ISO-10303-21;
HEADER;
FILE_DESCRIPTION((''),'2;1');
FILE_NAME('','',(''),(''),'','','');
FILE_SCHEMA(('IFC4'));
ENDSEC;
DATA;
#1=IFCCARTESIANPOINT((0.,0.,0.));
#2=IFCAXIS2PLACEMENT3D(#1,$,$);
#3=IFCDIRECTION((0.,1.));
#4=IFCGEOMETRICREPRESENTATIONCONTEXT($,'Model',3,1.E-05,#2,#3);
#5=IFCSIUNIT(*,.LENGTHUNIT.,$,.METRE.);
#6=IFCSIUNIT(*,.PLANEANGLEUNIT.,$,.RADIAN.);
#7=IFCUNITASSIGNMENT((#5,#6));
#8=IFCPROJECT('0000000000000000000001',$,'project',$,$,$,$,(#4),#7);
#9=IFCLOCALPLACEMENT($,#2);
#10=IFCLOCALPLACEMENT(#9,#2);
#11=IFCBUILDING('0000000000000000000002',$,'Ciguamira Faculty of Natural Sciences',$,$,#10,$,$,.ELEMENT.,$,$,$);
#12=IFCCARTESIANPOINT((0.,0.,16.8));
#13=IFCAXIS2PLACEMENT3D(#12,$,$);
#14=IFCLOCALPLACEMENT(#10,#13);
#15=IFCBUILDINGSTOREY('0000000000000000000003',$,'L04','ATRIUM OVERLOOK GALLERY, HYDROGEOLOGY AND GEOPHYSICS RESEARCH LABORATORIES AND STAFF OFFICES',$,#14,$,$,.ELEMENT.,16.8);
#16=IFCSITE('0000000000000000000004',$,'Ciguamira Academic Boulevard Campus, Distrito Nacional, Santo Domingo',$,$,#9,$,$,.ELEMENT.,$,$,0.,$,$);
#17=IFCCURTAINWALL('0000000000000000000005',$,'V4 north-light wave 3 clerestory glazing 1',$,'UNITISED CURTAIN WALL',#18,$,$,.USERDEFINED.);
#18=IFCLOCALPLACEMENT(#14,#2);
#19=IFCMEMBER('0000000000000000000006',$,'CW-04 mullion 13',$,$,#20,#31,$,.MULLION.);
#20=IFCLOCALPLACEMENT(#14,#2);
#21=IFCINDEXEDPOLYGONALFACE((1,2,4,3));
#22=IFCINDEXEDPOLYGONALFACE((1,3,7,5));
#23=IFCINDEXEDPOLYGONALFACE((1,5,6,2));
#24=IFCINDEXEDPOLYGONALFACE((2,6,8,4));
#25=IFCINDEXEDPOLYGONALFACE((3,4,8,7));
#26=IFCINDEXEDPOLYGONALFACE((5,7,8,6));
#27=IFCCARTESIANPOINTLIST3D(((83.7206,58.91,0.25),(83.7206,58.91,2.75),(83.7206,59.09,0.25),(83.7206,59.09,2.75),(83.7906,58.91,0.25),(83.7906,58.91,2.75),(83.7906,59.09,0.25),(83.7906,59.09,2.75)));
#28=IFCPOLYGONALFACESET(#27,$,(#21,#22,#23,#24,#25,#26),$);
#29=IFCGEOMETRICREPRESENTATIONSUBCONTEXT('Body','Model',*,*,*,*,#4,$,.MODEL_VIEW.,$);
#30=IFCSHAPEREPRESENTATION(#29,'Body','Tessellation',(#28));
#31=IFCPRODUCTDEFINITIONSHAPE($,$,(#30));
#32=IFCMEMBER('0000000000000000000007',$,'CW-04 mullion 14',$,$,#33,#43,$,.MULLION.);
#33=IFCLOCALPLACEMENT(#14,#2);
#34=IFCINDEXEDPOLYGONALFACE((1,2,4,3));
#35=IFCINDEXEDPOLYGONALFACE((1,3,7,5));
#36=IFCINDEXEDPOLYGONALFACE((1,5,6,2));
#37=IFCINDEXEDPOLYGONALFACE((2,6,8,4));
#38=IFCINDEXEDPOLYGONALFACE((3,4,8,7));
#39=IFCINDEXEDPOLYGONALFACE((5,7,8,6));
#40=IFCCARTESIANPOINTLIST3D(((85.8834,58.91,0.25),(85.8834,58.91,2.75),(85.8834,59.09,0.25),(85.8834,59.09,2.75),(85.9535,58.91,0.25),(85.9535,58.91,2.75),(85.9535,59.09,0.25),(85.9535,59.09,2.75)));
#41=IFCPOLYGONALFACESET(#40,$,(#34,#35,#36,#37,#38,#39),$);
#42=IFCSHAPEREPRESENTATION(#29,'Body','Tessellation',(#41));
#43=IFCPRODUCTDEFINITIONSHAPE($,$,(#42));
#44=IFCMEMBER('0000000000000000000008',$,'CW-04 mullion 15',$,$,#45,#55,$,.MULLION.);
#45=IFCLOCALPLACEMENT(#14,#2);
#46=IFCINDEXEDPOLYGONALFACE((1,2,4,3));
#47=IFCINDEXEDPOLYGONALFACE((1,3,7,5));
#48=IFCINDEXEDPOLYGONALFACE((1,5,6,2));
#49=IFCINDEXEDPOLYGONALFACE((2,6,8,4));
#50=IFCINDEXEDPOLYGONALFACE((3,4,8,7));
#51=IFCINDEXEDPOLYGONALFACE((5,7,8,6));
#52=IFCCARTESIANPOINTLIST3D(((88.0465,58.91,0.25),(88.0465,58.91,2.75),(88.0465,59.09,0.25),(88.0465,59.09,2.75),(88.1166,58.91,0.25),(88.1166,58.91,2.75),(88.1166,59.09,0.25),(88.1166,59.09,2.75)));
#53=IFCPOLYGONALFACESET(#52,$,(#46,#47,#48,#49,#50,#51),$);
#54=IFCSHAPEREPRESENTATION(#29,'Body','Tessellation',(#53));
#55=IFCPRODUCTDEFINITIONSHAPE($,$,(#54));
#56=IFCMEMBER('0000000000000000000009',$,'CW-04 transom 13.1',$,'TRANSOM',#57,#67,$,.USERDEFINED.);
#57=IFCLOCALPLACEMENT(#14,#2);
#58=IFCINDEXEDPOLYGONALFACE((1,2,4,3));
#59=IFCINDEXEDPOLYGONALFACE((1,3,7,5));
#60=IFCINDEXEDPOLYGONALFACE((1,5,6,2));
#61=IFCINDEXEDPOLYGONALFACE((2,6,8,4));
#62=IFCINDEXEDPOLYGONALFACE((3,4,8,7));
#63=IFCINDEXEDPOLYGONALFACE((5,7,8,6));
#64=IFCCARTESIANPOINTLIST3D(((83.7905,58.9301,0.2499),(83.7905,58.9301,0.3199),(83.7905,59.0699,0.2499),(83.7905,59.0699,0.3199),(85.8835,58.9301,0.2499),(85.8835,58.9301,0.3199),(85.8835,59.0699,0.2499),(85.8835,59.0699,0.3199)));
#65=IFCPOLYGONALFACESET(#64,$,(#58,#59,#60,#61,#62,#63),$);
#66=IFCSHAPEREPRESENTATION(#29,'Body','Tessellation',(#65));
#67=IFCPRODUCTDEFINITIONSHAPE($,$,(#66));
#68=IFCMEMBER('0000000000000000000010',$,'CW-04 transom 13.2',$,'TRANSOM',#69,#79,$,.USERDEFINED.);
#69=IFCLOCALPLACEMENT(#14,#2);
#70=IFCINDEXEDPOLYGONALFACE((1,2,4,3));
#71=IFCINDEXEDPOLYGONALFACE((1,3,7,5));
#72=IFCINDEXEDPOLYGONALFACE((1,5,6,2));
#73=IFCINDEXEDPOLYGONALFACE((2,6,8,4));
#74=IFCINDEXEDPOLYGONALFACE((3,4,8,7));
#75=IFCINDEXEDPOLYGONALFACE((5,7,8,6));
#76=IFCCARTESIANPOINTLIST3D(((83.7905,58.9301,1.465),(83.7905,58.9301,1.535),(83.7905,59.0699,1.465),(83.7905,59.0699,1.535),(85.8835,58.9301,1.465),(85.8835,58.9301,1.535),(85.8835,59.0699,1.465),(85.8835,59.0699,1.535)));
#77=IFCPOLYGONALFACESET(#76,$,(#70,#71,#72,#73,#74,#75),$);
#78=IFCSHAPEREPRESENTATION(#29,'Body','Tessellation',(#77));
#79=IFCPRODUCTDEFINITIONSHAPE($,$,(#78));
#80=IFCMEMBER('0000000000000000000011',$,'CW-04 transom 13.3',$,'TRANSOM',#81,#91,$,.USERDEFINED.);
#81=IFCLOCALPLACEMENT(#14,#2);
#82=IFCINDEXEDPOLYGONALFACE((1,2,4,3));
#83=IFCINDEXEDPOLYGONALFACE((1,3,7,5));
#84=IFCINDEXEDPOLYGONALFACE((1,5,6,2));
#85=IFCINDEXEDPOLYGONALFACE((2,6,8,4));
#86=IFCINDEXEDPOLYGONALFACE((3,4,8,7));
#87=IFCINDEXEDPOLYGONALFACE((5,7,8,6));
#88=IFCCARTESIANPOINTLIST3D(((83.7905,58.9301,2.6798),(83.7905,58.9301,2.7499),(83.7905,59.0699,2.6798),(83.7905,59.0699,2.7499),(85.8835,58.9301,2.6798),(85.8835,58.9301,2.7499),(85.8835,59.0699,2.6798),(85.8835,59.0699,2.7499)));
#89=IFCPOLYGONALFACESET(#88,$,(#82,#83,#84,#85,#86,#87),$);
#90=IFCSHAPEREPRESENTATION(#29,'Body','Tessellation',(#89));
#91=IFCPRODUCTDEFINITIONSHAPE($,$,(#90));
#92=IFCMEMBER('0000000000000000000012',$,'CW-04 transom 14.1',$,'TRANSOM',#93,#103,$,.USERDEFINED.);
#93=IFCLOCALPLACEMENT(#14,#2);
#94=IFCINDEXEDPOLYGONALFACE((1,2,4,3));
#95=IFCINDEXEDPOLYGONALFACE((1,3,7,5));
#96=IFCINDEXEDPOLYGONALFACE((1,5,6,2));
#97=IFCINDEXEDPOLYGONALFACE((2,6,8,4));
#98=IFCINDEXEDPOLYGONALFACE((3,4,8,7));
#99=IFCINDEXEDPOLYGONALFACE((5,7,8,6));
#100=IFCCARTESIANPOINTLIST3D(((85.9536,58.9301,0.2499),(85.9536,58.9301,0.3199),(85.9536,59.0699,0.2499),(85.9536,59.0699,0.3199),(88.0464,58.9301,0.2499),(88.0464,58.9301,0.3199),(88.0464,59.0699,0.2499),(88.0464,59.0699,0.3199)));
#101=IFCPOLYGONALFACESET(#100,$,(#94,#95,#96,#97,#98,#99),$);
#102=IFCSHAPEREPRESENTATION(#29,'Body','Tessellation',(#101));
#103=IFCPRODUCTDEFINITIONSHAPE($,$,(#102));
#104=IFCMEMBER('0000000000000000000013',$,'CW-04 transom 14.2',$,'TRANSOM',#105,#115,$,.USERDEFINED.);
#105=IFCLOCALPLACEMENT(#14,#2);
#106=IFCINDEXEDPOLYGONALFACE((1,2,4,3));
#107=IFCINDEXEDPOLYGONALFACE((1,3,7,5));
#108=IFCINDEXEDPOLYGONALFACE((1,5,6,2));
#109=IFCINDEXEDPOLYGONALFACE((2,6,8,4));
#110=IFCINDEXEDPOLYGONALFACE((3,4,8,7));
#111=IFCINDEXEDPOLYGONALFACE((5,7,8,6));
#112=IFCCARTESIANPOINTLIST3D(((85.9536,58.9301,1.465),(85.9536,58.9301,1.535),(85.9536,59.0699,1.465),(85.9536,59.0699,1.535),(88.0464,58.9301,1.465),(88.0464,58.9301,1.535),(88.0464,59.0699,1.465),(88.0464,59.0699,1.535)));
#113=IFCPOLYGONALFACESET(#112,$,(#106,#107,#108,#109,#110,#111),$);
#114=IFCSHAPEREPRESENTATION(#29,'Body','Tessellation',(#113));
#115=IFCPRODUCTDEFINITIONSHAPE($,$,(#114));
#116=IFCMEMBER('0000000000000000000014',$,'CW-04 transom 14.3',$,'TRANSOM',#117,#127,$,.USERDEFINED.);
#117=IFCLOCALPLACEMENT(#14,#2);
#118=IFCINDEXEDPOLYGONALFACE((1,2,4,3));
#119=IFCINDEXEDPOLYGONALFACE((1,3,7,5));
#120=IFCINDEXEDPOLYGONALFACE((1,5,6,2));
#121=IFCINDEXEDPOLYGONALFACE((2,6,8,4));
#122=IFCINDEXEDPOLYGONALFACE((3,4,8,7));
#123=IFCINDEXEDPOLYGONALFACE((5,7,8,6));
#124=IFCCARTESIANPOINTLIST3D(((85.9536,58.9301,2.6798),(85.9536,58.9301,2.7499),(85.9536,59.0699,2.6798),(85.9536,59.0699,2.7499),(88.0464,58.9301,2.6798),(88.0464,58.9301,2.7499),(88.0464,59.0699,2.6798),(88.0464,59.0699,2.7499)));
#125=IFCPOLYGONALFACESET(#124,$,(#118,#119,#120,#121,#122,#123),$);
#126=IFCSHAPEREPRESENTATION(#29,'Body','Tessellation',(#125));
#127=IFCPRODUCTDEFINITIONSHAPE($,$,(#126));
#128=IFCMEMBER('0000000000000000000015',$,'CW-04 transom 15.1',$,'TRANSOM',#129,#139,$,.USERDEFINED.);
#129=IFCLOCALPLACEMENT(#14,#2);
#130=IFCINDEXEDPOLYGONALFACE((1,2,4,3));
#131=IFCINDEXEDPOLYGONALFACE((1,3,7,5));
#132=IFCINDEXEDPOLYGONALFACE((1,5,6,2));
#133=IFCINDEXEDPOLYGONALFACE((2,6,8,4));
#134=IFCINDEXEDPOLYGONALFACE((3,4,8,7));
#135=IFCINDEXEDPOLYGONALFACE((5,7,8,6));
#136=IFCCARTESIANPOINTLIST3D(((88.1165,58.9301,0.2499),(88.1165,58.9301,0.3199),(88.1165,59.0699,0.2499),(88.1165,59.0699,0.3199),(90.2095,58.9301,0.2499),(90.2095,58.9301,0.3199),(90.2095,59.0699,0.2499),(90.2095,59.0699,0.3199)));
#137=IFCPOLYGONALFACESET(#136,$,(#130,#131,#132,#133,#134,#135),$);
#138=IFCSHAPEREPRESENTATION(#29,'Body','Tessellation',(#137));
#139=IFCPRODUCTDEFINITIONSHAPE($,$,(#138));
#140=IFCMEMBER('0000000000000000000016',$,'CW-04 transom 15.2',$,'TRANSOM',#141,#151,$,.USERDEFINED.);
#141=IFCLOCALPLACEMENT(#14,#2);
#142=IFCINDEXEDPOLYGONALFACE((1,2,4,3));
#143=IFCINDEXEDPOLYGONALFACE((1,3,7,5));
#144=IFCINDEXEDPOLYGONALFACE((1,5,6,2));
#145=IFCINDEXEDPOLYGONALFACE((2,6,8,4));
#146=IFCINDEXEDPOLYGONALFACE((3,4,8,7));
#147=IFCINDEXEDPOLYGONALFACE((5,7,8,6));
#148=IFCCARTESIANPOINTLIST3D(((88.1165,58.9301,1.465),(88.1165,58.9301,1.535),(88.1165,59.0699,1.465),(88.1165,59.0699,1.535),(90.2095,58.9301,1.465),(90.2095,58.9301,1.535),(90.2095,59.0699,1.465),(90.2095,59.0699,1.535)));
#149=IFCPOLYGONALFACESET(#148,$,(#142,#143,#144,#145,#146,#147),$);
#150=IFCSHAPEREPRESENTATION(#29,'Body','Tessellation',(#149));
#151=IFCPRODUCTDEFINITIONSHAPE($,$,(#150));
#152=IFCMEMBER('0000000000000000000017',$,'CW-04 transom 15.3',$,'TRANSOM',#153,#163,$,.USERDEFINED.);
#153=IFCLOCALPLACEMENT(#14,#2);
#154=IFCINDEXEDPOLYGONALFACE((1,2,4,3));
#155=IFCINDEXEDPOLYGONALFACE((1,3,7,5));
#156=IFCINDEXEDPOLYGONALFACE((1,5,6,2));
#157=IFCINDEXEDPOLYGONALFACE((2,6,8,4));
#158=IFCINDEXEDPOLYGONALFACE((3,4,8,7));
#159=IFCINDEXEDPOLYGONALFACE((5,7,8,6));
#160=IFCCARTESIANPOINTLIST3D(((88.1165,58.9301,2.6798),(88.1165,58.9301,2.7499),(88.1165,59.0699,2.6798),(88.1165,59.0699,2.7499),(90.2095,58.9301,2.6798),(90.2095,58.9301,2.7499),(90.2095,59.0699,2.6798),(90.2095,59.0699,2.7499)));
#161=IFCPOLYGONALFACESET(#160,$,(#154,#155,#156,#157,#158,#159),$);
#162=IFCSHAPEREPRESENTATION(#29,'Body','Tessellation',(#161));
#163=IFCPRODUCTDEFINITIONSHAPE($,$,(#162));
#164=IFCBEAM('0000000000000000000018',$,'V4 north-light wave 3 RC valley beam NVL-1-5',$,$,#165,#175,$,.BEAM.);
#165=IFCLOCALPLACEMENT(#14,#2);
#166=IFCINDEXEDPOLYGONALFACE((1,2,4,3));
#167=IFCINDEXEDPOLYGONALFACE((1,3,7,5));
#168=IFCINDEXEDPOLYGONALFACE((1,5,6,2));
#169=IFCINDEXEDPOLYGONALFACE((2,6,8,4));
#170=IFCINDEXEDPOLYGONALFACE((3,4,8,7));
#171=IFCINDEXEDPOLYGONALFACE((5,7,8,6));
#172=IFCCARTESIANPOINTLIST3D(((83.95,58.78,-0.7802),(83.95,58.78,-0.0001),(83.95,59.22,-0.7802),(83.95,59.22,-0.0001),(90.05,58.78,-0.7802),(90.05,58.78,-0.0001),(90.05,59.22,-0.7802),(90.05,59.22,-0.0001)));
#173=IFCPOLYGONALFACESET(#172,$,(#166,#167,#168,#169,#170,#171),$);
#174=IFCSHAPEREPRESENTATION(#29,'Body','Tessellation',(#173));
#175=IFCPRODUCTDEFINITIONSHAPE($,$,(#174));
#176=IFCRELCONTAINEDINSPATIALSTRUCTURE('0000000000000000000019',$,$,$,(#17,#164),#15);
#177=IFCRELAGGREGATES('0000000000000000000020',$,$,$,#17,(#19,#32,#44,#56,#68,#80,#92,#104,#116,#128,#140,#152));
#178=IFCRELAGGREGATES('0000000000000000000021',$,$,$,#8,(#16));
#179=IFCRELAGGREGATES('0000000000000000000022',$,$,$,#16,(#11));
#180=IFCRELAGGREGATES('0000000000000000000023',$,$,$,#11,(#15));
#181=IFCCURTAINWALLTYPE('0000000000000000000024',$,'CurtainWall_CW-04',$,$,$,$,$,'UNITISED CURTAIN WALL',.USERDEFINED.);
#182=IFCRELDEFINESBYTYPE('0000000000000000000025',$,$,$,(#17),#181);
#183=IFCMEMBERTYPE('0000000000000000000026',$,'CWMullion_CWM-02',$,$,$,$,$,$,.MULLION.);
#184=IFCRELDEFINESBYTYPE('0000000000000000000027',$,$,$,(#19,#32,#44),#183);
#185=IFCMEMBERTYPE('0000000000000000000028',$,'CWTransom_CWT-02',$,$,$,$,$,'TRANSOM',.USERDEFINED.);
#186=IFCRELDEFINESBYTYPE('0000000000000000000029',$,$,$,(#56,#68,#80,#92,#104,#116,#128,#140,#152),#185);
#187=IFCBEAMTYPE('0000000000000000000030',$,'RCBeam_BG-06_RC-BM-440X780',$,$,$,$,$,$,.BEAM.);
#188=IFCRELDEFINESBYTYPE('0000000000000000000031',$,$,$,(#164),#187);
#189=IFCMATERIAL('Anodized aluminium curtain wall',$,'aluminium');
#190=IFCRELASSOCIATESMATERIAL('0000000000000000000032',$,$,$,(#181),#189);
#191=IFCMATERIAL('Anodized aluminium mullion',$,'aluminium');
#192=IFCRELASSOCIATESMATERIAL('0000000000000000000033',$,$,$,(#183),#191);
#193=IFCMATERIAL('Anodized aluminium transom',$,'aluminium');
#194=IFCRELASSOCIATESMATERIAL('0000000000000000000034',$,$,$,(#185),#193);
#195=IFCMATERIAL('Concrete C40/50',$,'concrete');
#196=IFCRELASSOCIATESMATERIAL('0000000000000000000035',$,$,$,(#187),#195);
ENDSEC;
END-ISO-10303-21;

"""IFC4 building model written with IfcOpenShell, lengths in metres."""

from ifc_helpers import new_model, si_unit, direction, frame, origin, origin_2d, place, context, subcontext, project, spatial, rectangle, extrude, material, material_profile, profile_set, type_object, element, aggregate, save


model = new_model("IFC4")

# Units and contexts
model_context = context("Model", 3, precision=1e-05, world=origin(), true_north=direction((0.0, 1.0)))
body_context = subcontext(model_context, "Body", "Model", "MODEL_VIEW")
ifc_project = project(units=[si_unit("LENGTHUNIT", "METRE"), si_unit("PLANEANGLEUNIT", "RADIAN")], contexts=[model_context])

# Site, building, storey
site_placement = place(None, origin())
site = spatial("IfcSite", under=ifc_project, at=site_placement, Name="Ciguamira Academic Boulevard Campus, Distrito Nacional, Santo Domingo", CompositionType="ELEMENT", RefElevation=0.0)
building_placement = place(site_placement, origin())
building = spatial("IfcBuilding", under=site, at=building_placement, Name="Ciguamira Faculty of Natural Sciences", CompositionType="ELEMENT")
storey_placement = place(building_placement, frame((0.0, 0.0, 16.8)))
storey = spatial("IfcBuildingStorey", under=building, at=storey_placement, Name="L04", Description="ATRIUM OVERLOOK GALLERY, HYDROGEOLOGY AND GEOPHYSICS RESEARCH LABORATORIES AND STAFF OFFICES", CompositionType="ELEMENT", Elevation=16.8)

# Curtain wall, members
ifc_material_1 = material(Name="Anodized aluminium curtain wall", Category="aluminium")
curtain_wall_type = type_object("IfcCurtainWallType", Name="CurtainWall_CW-04", ElementType="UNITISED CURTAIN WALL", PredefinedType="USERDEFINED", material=ifc_material_1)
curtain_wall_placement = place(storey_placement, origin())
curtain_wall = element("IfcCurtainWall", 1, at=curtain_wall_placement, inside=storey, type_object=curtain_wall_type, Name="V4 north-light wave 3 clerestory glazing 1", ObjectType="UNITISED CURTAIN WALL", PredefinedType="USERDEFINED")
ifc_material_2 = material(Name="Anodized aluminium mullion", Category="aluminium")
ifc_material_profile_1 = material_profile(ifc_material_2, rectangle(XDim=0.0701, YDim=0.1799, at=origin_2d()), Name="ALU-MUL-70X180")
ifc_profile_set_1 = profile_set([ifc_material_profile_1], Name="Anodized aluminium mullion")
member_type_1 = type_object("IfcMemberType", Name="CWMullion_CWM-02", PredefinedType="MULLION", material=ifc_profile_set_1)
member_1_placement = place(storey_placement, frame((83.7556, 59.0, 0.25), z_axis=(0.0, 0.0, 1.0), x_axis=(1.0, 0.0, 0.0)))
member_1 = element("IfcMember", 2, at=member_1_placement, type_object=member_type_1, Name="CW-04 mullion 13", PredefinedType="MULLION", context=body_context, shape_type="SweptSolid", body=[
    extrude(rectangle(XDim=0.0701, YDim=0.1799, at=origin_2d()), origin(), (0.0, 0.0, 1.0), 2.5),
])
member_2_placement = place(storey_placement, frame((85.9185, 59.0, 0.25), z_axis=(0.0, 0.0, 1.0), x_axis=(1.0, 0.0, 0.0)))
member_2 = element("IfcMember", 3, at=member_2_placement, type_object=member_type_1, Name="CW-04 mullion 14", PredefinedType="MULLION", context=body_context, shape_type="SweptSolid", body=[
    extrude(rectangle(XDim=0.0701, YDim=0.1799, at=origin_2d()), origin(), (0.0, 0.0, 1.0), 2.5),
])
member_3_placement = place(storey_placement, frame((88.0815, 59.0, 0.25), z_axis=(0.0, 0.0, 1.0), x_axis=(1.0, 0.0, 0.0)))
member_3 = element("IfcMember", 4, at=member_3_placement, type_object=member_type_1, Name="CW-04 mullion 15", PredefinedType="MULLION", context=body_context, shape_type="SweptSolid", body=[
    extrude(rectangle(XDim=0.0701, YDim=0.1799, at=origin_2d()), origin(), (0.0, 0.0, 1.0), 2.5),
])
ifc_material_3 = material(Name="Anodized aluminium transom", Category="aluminium")
ifc_material_profile_2 = material_profile(ifc_material_3, rectangle(XDim=0.0701, YDim=0.1399, at=origin_2d()), Name="ALU-TRN-70X140")
ifc_profile_set_2 = profile_set([ifc_material_profile_2], Name="Anodized aluminium transom")
member_type_2 = type_object("IfcMemberType", Name="CWTransom_CWT-02", ElementType="TRANSOM", PredefinedType="USERDEFINED", material=ifc_profile_set_2)
member_4_placement = place(storey_placement, frame((83.7905, 59.0, 0.2849), z_axis=(1.0, 0.0, 0.0), x_axis=(0.0, 0.0, 1.0)))
member_4 = element("IfcMember", 5, at=member_4_placement, type_object=member_type_2, Name="CW-04 transom 13.1", ObjectType="TRANSOM", PredefinedType="USERDEFINED", context=body_context, shape_type="SweptSolid", body=[
    extrude(rectangle(XDim=0.0701, YDim=0.1399, at=origin_2d()), origin(), (0.0, 0.0, 1.0), 2.093),
])
member_5_placement = place(storey_placement, frame((83.7905, 59.0, 1.5), z_axis=(1.0, 0.0, 0.0), x_axis=(0.0, 0.0, 1.0)))
member_5 = element("IfcMember", 6, at=member_5_placement, type_object=member_type_2, Name="CW-04 transom 13.2", ObjectType="TRANSOM", PredefinedType="USERDEFINED", context=body_context, shape_type="SweptSolid", body=[
    extrude(rectangle(XDim=0.0701, YDim=0.1399, at=origin_2d()), origin(), (0.0, 0.0, 1.0), 2.093),
])
member_6_placement = place(storey_placement, frame((83.7905, 59.0, 2.7148), z_axis=(1.0, 0.0, 0.0), x_axis=(0.0, 0.0, 1.0)))
member_6 = element("IfcMember", 7, at=member_6_placement, type_object=member_type_2, Name="CW-04 transom 13.3", ObjectType="TRANSOM", PredefinedType="USERDEFINED", context=body_context, shape_type="SweptSolid", body=[
    extrude(rectangle(XDim=0.0701, YDim=0.1399, at=origin_2d()), origin(), (0.0, 0.0, 1.0), 2.093),
])
member_7_placement = place(storey_placement, frame((85.9536, 59.0, 0.2849), z_axis=(1.0, 0.0, 0.0), x_axis=(0.0, 0.0, 1.0)))
member_7 = element("IfcMember", 8, at=member_7_placement, type_object=member_type_2, Name="CW-04 transom 14.1", ObjectType="TRANSOM", PredefinedType="USERDEFINED", context=body_context, shape_type="SweptSolid", body=[
    extrude(rectangle(XDim=0.0701, YDim=0.1399, at=origin_2d()), origin(), (0.0, 0.0, 1.0), 2.0928),
])
member_8_placement = place(storey_placement, frame((85.9536, 59.0, 1.5), z_axis=(1.0, 0.0, 0.0), x_axis=(0.0, 0.0, 1.0)))
member_8 = element("IfcMember", 9, at=member_8_placement, type_object=member_type_2, Name="CW-04 transom 14.2", ObjectType="TRANSOM", PredefinedType="USERDEFINED", context=body_context, shape_type="SweptSolid", body=[
    extrude(rectangle(XDim=0.0701, YDim=0.1399, at=origin_2d()), origin(), (0.0, 0.0, 1.0), 2.0928),
])
member_9_placement = place(storey_placement, frame((85.9536, 59.0, 2.7148), z_axis=(1.0, 0.0, 0.0), x_axis=(0.0, 0.0, 1.0)))
member_9 = element("IfcMember", 10, at=member_9_placement, type_object=member_type_2, Name="CW-04 transom 14.3", ObjectType="TRANSOM", PredefinedType="USERDEFINED", context=body_context, shape_type="SweptSolid", body=[
    extrude(rectangle(XDim=0.0701, YDim=0.1399, at=origin_2d()), origin(), (0.0, 0.0, 1.0), 2.0928),
])
member_10_placement = place(storey_placement, frame((88.1165, 59.0, 0.2849), z_axis=(1.0, 0.0, 0.0), x_axis=(0.0, 0.0, 1.0)))
member_10 = element("IfcMember", 11, at=member_10_placement, type_object=member_type_2, Name="CW-04 transom 15.1", ObjectType="TRANSOM", PredefinedType="USERDEFINED", context=body_context, shape_type="SweptSolid", body=[
    extrude(rectangle(XDim=0.0701, YDim=0.1399, at=origin_2d()), origin(), (0.0, 0.0, 1.0), 2.093),
])
member_11_placement = place(storey_placement, frame((88.1165, 59.0, 1.5), z_axis=(1.0, 0.0, 0.0), x_axis=(0.0, 0.0, 1.0)))
member_11 = element("IfcMember", 12, at=member_11_placement, type_object=member_type_2, Name="CW-04 transom 15.2", ObjectType="TRANSOM", PredefinedType="USERDEFINED", context=body_context, shape_type="SweptSolid", body=[
    extrude(rectangle(XDim=0.0701, YDim=0.1399, at=origin_2d()), origin(), (0.0, 0.0, 1.0), 2.093),
])
member_12_placement = place(storey_placement, frame((88.1165, 59.0, 2.7148), z_axis=(1.0, 0.0, 0.0), x_axis=(0.0, 0.0, 1.0)))
member_12 = element("IfcMember", 13, at=member_12_placement, type_object=member_type_2, Name="CW-04 transom 15.3", ObjectType="TRANSOM", PredefinedType="USERDEFINED", context=body_context, shape_type="SweptSolid", body=[
    extrude(rectangle(XDim=0.0701, YDim=0.1399, at=origin_2d()), origin(), (0.0, 0.0, 1.0), 2.093),
])

# Beam
ifc_material_4 = material(Name="Concrete C40/50", Category="concrete")
ifc_material_profile_3 = material_profile(ifc_material_4, rectangle(XDim=0.4399, YDim=0.78, at=origin_2d()), Name="RC-BM-440X780")
ifc_profile_set_3 = profile_set([ifc_material_profile_3], Name="Concrete C40/50")
beam_type = type_object("IfcBeamType", Name="RCBeam_BG-06_RC-BM-440X780", PredefinedType="BEAM", material=ifc_profile_set_3)
beam_placement = place(storey_placement, frame((83.95, 59.0, -0.3901), z_axis=(1.0, 0.0, 0.0), x_axis=(0.0, 1.0, 0.0)))
element("IfcBeam", 14, at=beam_placement, inside=storey, type_object=beam_type, Name="V4 north-light wave 3 RC valley beam NVL-1-5", PredefinedType="BEAM", context=body_context, shape_type="SweptSolid", body=[
    extrude(rectangle(XDim=0.4399, YDim=0.78, at=origin_2d()), origin(), (0.0, 0.0, 1.0), 6.1001),
])

aggregate(curtain_wall, [member_1, member_2, member_3, member_4, member_5, member_6, member_7, member_8, member_9, member_10, member_11, member_12])

save(model, "model.ifc")
